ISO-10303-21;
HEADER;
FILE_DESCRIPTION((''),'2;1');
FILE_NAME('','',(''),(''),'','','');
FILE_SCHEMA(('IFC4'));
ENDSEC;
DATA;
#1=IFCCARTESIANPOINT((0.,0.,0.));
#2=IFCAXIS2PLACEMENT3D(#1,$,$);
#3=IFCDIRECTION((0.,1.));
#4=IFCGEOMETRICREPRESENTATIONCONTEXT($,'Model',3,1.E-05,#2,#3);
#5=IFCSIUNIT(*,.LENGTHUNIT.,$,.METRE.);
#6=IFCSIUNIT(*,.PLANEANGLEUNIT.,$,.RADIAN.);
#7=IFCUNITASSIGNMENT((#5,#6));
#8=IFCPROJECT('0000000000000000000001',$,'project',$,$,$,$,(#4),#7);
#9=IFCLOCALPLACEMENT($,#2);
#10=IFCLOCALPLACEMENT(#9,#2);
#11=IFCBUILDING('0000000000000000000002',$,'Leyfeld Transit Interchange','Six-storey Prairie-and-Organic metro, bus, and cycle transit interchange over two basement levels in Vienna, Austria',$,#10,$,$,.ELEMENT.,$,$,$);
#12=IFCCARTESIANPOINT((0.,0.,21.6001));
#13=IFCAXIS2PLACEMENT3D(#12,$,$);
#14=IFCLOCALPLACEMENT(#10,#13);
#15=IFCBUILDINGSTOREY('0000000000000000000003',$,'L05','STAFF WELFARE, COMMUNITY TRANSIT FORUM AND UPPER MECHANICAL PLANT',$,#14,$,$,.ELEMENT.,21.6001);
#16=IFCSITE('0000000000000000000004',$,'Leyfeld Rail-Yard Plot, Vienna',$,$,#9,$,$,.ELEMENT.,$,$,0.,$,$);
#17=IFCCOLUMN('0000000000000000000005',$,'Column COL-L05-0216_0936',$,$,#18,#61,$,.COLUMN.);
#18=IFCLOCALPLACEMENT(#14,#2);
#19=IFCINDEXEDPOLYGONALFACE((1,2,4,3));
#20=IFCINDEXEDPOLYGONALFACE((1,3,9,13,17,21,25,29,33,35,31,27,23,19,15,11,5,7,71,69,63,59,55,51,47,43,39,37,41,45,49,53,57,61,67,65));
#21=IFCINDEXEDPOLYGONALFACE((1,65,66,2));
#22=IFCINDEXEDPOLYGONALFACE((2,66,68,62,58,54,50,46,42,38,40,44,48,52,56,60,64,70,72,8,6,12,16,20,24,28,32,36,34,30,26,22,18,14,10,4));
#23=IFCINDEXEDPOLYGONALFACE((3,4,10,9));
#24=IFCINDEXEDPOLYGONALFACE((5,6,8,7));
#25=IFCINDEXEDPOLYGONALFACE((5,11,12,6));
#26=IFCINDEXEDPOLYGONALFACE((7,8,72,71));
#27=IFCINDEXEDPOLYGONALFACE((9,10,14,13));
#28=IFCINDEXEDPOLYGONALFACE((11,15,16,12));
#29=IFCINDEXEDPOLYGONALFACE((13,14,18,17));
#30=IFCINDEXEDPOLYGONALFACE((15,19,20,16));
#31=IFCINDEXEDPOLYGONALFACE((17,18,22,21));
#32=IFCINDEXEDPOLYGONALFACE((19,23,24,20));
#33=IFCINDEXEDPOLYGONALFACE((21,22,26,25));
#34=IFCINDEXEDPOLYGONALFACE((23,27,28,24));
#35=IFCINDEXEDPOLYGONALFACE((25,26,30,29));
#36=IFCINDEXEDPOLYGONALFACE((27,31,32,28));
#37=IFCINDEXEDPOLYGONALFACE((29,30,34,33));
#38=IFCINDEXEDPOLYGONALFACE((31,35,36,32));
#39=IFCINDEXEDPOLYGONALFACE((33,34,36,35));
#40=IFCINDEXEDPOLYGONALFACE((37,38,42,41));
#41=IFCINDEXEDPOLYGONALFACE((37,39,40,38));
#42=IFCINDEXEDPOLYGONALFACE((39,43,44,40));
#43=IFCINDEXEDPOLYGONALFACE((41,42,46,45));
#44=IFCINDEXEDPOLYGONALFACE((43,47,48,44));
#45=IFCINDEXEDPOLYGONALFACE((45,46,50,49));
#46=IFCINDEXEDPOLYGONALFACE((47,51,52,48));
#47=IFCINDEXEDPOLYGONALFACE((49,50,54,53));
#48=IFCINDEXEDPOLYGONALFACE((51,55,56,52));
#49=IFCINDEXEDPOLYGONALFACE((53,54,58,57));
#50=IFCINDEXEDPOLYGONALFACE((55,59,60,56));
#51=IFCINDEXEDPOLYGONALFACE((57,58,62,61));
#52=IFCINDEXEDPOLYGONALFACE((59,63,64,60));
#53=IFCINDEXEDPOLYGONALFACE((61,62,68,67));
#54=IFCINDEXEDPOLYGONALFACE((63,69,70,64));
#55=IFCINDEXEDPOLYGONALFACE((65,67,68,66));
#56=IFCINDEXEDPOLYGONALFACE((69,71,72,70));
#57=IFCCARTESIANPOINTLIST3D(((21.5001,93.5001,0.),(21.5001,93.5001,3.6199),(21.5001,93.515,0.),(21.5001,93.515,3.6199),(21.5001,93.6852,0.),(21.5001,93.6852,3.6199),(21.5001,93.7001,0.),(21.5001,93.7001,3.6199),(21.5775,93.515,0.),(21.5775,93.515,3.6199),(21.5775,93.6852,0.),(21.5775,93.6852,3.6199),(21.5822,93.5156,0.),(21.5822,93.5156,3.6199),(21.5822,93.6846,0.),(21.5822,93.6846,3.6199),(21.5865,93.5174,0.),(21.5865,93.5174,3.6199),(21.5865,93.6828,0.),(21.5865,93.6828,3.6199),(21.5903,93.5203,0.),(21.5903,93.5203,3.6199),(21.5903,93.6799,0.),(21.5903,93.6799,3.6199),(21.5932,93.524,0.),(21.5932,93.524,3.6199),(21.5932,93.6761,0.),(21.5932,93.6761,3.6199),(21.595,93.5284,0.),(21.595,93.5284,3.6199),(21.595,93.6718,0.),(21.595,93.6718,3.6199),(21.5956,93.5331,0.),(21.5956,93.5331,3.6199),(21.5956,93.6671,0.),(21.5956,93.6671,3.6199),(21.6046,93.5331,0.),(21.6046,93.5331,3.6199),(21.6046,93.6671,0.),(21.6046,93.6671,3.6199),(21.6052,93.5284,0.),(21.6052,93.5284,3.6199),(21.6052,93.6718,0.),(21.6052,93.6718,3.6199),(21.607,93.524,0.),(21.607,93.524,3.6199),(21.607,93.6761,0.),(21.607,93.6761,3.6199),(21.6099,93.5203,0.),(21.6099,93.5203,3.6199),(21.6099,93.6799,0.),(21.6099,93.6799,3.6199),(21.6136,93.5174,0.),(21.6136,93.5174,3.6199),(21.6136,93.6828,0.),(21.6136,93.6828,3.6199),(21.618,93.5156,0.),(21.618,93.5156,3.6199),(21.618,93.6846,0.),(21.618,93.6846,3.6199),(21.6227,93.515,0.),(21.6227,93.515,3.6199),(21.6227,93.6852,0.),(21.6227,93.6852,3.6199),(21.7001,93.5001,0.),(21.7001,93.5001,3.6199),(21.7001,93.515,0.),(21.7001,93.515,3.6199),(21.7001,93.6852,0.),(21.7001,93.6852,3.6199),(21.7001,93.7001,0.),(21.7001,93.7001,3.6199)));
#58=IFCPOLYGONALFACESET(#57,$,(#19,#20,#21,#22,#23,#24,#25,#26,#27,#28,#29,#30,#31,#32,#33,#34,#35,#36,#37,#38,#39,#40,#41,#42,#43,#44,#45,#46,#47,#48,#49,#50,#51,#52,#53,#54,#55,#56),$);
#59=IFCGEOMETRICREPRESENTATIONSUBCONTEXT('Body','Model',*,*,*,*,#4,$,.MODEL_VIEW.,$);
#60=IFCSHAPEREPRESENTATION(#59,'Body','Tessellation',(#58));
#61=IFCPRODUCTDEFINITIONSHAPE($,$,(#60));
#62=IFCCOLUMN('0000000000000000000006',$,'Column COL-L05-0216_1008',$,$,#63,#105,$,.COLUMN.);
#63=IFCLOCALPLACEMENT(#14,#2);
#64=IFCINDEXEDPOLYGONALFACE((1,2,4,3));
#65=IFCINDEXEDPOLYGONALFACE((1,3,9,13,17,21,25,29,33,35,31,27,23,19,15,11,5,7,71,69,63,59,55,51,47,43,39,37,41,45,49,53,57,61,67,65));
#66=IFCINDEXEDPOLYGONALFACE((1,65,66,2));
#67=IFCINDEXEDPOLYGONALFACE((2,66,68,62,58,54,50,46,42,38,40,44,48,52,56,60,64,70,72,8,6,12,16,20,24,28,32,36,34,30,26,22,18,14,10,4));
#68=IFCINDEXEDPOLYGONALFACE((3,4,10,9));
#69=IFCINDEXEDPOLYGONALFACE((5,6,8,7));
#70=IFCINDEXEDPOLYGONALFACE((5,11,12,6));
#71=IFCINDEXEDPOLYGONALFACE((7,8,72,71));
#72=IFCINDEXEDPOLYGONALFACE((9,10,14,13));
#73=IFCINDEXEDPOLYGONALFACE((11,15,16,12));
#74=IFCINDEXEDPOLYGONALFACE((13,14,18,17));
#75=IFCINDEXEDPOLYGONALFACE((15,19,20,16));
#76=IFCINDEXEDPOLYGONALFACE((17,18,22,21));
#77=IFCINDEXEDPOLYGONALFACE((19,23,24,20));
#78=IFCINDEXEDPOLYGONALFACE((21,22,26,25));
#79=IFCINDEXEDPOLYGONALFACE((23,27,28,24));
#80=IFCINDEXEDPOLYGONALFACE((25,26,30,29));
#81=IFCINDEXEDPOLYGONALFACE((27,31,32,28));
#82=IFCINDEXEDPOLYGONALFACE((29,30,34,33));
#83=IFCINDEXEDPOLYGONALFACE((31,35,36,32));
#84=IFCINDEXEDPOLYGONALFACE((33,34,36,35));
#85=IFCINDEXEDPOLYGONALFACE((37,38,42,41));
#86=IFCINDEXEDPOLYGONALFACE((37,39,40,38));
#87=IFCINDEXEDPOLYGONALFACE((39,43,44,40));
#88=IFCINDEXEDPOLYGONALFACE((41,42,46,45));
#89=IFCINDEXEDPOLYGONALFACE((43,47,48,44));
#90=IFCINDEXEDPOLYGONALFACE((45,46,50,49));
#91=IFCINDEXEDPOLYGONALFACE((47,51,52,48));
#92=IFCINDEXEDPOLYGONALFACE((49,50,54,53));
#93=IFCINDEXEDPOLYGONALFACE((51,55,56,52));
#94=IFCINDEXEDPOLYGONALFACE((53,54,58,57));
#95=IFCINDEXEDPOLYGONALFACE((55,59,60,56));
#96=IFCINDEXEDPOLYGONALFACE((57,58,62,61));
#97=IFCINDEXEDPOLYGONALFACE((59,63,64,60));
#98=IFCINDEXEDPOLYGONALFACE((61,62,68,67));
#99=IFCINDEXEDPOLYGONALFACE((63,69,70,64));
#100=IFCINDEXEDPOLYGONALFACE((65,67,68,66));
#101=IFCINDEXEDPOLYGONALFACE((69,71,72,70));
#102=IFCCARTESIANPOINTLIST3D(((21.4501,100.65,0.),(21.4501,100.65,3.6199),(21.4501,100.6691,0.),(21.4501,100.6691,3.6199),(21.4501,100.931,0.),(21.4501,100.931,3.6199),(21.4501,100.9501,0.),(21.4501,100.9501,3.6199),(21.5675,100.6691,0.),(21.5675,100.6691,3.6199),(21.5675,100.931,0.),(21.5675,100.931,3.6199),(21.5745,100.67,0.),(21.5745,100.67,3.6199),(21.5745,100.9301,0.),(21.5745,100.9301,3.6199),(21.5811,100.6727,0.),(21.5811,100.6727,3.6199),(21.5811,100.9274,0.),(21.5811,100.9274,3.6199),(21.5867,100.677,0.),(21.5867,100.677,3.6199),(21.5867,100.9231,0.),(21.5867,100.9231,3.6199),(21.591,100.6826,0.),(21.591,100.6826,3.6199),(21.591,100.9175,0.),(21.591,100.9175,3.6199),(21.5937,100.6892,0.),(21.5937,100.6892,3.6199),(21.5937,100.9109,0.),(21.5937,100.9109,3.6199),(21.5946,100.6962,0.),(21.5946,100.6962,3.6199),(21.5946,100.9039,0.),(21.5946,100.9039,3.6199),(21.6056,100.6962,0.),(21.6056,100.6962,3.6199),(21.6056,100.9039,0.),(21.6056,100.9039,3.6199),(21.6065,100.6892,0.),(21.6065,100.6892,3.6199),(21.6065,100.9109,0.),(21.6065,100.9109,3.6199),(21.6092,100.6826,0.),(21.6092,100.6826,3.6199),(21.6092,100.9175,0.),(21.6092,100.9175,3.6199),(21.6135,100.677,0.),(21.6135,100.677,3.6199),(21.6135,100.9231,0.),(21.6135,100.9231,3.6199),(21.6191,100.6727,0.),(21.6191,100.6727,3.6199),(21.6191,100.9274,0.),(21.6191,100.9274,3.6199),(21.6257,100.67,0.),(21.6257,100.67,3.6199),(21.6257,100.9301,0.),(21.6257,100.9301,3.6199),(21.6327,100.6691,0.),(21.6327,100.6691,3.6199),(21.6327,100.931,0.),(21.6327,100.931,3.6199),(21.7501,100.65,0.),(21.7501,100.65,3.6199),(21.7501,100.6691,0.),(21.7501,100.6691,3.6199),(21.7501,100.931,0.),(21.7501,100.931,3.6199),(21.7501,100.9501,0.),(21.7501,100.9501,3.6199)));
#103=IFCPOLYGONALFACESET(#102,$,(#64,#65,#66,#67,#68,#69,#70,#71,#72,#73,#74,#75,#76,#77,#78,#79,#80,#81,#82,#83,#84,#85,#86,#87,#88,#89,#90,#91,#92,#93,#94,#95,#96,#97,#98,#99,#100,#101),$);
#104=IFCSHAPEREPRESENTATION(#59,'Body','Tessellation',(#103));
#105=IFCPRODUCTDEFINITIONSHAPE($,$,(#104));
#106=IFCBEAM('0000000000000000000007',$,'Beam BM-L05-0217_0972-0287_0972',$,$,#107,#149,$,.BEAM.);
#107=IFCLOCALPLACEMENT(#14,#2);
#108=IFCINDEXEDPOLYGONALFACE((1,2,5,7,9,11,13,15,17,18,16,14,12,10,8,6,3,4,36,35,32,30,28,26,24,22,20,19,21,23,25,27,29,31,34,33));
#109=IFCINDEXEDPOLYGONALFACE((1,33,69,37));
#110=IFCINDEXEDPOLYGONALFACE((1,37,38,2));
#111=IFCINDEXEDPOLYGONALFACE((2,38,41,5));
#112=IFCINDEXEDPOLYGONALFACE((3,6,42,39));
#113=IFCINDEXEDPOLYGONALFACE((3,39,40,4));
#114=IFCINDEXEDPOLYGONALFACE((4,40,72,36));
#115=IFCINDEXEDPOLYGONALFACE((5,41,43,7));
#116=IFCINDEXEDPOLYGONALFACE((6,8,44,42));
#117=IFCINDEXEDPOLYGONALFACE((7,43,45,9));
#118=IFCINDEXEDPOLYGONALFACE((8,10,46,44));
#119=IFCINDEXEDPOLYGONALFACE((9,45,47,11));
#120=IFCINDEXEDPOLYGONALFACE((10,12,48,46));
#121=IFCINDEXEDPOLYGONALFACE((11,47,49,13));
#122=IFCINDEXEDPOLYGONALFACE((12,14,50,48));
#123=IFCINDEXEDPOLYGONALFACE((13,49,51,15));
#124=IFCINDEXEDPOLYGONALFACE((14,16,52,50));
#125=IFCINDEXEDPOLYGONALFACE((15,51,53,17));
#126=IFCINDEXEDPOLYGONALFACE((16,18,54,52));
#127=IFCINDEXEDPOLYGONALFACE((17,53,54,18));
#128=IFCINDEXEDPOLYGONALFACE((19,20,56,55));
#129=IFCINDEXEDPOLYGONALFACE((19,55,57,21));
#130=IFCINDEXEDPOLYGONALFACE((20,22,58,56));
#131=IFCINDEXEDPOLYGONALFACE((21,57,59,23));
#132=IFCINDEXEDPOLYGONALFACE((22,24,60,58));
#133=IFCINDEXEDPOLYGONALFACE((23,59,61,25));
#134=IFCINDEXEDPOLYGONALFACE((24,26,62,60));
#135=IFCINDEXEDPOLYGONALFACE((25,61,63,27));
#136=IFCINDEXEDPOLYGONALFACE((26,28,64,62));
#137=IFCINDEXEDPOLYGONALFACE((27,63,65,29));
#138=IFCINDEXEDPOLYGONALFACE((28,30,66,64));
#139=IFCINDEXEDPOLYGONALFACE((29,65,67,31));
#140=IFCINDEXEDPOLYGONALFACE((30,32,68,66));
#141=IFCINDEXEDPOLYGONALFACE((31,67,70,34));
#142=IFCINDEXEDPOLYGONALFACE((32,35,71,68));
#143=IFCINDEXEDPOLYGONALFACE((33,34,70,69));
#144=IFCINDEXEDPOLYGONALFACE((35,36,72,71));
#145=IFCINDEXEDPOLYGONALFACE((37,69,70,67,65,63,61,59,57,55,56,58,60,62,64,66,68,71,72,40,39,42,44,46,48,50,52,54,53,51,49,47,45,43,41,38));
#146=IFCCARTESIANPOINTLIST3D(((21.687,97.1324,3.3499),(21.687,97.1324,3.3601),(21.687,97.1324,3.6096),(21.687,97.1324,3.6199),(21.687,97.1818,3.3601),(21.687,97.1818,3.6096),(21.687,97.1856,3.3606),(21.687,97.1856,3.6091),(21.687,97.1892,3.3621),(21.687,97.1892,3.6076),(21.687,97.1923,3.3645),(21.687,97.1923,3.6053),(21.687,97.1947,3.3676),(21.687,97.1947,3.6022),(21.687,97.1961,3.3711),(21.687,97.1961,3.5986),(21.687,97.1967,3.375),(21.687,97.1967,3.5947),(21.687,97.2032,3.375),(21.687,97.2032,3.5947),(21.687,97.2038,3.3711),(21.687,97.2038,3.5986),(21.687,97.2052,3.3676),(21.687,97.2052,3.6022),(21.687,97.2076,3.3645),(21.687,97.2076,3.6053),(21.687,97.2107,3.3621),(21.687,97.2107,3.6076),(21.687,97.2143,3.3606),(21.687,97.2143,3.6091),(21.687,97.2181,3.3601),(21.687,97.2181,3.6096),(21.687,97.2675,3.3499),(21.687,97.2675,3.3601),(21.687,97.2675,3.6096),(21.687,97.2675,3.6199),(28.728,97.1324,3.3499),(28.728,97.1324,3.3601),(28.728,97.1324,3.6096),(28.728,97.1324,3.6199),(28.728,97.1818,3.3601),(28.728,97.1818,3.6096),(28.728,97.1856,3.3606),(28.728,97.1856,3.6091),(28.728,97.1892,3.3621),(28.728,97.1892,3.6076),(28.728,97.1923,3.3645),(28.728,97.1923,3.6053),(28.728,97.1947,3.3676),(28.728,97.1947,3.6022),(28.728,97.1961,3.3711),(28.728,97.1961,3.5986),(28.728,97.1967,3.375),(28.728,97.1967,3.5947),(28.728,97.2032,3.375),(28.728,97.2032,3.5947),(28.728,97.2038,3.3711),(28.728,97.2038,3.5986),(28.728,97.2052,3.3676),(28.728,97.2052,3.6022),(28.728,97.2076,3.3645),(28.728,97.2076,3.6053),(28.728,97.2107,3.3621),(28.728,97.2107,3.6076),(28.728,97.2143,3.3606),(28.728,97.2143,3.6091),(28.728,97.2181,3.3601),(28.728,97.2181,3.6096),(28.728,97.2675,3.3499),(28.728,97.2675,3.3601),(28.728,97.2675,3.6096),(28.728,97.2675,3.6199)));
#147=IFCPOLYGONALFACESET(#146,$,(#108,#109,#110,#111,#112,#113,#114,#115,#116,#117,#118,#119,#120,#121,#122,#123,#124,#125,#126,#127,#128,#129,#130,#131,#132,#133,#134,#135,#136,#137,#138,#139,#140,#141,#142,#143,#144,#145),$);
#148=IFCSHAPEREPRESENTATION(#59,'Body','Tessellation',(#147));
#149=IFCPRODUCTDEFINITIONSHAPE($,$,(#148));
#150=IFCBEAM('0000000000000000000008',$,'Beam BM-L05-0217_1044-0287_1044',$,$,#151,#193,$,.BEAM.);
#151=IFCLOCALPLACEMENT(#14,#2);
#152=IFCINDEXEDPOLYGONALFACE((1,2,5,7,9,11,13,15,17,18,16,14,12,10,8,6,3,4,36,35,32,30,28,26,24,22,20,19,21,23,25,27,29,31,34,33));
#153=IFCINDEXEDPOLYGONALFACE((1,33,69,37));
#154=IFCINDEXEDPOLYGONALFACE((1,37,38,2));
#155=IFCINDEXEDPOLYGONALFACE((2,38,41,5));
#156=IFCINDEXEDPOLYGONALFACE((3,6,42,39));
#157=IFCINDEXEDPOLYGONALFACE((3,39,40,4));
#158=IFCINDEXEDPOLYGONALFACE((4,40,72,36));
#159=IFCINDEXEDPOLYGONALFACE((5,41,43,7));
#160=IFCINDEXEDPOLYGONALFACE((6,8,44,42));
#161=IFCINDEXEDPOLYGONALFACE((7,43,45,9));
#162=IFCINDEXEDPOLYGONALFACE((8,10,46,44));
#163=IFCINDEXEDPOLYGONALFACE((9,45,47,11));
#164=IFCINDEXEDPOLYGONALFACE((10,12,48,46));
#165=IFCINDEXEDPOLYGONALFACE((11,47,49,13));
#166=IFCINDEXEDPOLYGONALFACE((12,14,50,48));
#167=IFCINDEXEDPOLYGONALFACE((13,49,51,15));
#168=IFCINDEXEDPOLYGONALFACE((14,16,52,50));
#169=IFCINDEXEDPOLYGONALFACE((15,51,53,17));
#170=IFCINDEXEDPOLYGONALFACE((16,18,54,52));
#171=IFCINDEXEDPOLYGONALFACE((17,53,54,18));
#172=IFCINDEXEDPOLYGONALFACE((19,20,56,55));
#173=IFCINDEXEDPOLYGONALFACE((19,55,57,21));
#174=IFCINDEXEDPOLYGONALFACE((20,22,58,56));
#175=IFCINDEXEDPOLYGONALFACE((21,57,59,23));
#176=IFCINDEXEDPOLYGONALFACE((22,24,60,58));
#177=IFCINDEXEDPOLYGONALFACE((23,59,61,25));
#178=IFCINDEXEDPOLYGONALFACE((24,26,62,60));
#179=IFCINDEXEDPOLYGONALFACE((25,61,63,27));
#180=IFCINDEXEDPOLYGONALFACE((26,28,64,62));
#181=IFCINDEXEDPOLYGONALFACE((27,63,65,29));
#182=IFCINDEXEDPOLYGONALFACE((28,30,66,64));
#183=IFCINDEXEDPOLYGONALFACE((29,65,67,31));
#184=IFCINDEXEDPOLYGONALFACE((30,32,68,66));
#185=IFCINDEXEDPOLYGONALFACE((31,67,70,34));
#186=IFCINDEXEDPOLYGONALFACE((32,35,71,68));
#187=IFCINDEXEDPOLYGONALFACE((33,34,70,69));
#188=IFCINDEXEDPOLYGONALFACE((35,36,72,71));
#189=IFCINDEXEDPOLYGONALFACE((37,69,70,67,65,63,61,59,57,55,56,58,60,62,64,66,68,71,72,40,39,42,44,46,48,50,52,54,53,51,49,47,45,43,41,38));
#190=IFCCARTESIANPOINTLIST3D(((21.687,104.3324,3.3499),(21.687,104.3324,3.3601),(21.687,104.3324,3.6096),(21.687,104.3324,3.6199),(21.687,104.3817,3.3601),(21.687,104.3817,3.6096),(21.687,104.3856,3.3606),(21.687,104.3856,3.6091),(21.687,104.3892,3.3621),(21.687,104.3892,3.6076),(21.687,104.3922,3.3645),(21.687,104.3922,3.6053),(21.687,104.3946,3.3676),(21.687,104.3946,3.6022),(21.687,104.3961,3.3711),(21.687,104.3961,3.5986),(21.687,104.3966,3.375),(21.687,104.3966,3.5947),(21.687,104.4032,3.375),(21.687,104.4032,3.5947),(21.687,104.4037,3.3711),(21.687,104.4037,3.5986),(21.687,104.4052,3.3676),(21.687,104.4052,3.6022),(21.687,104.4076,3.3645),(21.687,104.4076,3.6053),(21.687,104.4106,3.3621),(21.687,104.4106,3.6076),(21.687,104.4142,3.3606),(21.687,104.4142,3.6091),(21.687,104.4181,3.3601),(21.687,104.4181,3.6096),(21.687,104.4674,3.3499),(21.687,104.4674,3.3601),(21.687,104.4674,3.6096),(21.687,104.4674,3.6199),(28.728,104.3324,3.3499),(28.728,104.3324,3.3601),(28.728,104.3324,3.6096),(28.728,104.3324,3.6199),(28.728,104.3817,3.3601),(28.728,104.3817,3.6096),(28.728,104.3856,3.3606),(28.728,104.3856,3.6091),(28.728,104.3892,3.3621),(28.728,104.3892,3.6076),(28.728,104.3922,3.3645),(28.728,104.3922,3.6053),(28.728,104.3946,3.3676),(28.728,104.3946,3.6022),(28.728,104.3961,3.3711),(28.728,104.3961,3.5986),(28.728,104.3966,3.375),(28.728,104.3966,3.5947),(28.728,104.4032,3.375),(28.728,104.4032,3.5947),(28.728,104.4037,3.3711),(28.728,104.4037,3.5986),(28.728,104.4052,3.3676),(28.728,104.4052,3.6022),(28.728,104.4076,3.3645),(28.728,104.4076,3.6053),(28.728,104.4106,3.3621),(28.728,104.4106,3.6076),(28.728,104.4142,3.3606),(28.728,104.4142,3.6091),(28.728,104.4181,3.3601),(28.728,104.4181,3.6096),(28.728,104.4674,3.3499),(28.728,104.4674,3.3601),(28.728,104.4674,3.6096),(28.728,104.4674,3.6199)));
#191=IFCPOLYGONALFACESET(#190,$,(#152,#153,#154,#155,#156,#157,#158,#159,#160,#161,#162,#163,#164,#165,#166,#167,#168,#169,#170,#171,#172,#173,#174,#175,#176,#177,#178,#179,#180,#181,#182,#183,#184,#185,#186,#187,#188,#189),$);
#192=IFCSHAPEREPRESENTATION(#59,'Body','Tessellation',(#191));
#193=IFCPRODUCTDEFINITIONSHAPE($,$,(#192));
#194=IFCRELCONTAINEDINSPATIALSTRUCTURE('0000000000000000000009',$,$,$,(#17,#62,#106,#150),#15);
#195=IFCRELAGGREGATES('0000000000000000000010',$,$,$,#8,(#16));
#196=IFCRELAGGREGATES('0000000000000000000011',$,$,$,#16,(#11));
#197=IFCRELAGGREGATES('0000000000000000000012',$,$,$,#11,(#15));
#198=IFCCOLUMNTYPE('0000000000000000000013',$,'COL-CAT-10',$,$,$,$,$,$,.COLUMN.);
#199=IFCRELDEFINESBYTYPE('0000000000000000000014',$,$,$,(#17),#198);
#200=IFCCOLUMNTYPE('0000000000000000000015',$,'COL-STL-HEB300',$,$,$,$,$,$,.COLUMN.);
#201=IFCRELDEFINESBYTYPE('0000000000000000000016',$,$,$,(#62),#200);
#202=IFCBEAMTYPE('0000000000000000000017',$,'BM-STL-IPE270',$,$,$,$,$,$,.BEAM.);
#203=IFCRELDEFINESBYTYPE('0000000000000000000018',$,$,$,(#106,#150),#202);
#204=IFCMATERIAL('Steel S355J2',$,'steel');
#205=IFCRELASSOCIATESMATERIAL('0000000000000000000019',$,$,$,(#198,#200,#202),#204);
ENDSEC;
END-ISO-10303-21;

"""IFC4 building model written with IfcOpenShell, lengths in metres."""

from ifc_helpers import new_model, si_unit, direction, frame, origin, origin_2d, place, context, subcontext, project, spatial, i_section, extrude, material, material_profile, profile_set, type_object, element, save


model = new_model("IFC4")

# Units and contexts
model_context = context("Model", 3, precision=1e-05, world=origin(), true_north=direction((0.0, 1.0)))
body_context = subcontext(model_context, "Body", "Model", "MODEL_VIEW")
ifc_project = project(units=[si_unit("LENGTHUNIT", "METRE"), si_unit("PLANEANGLEUNIT", "RADIAN")], contexts=[model_context])

# Site, building, storey
site_placement = place(None, origin())
site = spatial("IfcSite", under=ifc_project, at=site_placement, Name="Leyfeld Rail-Yard Plot, Vienna", CompositionType="ELEMENT", RefElevation=0.0)
building_placement = place(site_placement, origin())
building = spatial("IfcBuilding", under=site, at=building_placement, Name="Leyfeld Transit Interchange", Description="Six-storey Prairie-and-Organic metro, bus, and cycle transit interchange over two basement levels in Vienna, Austria", CompositionType="ELEMENT")
storey_placement = place(building_placement, frame((0.0, 0.0, 21.6001)))
storey = spatial("IfcBuildingStorey", under=building, at=storey_placement, Name="L05", Description="STAFF WELFARE, COMMUNITY TRANSIT FORUM AND UPPER MECHANICAL PLANT", CompositionType="ELEMENT", Elevation=21.6001)

# Columns
ifc_material_1 = material(Name="Steel S355J2", Category="steel")
ifc_material_profile_1 = material_profile(ifc_material_1, i_section(OverallWidth=0.2, OverallDepth=0.2, WebThickness=0.009, FlangeThickness=0.0149, FilletRadius=0.0181, at=origin_2d()), Name="HEB 200")
ifc_profile_set_1 = profile_set([ifc_material_profile_1], Name="Steel S355J2")
column_type_1 = type_object("IfcColumnType", Name="COL-CAT-10", PredefinedType="COLUMN", material=ifc_profile_set_1)
column_1_placement = place(storey_placement, frame((21.6001, 93.6001, 0.0), z_axis=(0.0, 0.0, 1.0), x_axis=(1.0, 0.0, 0.0)))
element("IfcColumn", 1, at=column_1_placement, inside=storey, type_object=column_type_1, Name="Column COL-L05-0216_0936", PredefinedType="COLUMN", context=body_context, shape_type="SweptSolid", body=[
    extrude(i_section(OverallWidth=0.2, OverallDepth=0.2, WebThickness=0.009, FlangeThickness=0.0149, FilletRadius=0.0181, at=origin_2d()), origin(), (0.0, 0.0, 1.0), 3.6199),
])
ifc_material_profile_2 = material_profile(ifc_material_1, i_section(OverallWidth=0.3, OverallDepth=0.3, WebThickness=0.011, FlangeThickness=0.019, FilletRadius=0.0271, at=origin_2d()), Name="HEB 300")
ifc_profile_set_2 = profile_set([ifc_material_profile_2], Name="Steel S355J2")
column_type_2 = type_object("IfcColumnType", Name="COL-STL-HEB300", PredefinedType="COLUMN", material=ifc_profile_set_2)
column_2_placement = place(storey_placement, frame((21.6001, 100.8, 0.0), z_axis=(0.0, 0.0, 1.0), x_axis=(1.0, 0.0, 0.0)))
element("IfcColumn", 2, at=column_2_placement, inside=storey, type_object=column_type_2, Name="Column COL-L05-0216_1008", PredefinedType="COLUMN", context=body_context, shape_type="SweptSolid", body=[
    extrude(i_section(OverallWidth=0.3, OverallDepth=0.3, WebThickness=0.011, FlangeThickness=0.019, FilletRadius=0.0271, at=origin_2d()), origin(), (0.0, 0.0, 1.0), 3.6199),
])

# Beams
ifc_material_profile_3 = material_profile(ifc_material_1, i_section(OverallWidth=0.135, OverallDepth=0.27, WebThickness=0.0066, FlangeThickness=0.0103, FilletRadius=0.0149, at=origin_2d()), Name="IPE 270")
ifc_profile_set_3 = profile_set([ifc_material_profile_3], Name="Steel S355J2")
beam_type_1 = type_object("IfcBeamType", Name="BM-STL-IPE270", PredefinedType="BEAM", material=ifc_profile_set_3)
for number, where, z_axis, x_axis, name in (
    (3, (21.687, 97.2, 3.4849), (1.0, 0.0, 0.0), (0.0, 1.0, 0.0), "Beam BM-L05-0217_0972-0287_0972"),
    (4, (21.687, 104.3999, 3.4849), (1.0, 0.0, 0.0), (0.0, 1.0, 0.0), "Beam BM-L05-0217_1044-0287_1044"),
):
    element("IfcBeam", number, at=place(storey_placement, frame(where, z_axis=z_axis, x_axis=x_axis)), inside=storey, type_object=beam_type_1, Name=name, PredefinedType="BEAM", context=body_context, shape_type="SweptSolid", body=[
        extrude(i_section(OverallWidth=0.135, OverallDepth=0.27, WebThickness=0.0066, FlangeThickness=0.0103, FilletRadius=0.0149, at=origin_2d()), origin(), (0.0, 0.0, 1.0), 7.041),
    ])

save(model, "model.ifc")
